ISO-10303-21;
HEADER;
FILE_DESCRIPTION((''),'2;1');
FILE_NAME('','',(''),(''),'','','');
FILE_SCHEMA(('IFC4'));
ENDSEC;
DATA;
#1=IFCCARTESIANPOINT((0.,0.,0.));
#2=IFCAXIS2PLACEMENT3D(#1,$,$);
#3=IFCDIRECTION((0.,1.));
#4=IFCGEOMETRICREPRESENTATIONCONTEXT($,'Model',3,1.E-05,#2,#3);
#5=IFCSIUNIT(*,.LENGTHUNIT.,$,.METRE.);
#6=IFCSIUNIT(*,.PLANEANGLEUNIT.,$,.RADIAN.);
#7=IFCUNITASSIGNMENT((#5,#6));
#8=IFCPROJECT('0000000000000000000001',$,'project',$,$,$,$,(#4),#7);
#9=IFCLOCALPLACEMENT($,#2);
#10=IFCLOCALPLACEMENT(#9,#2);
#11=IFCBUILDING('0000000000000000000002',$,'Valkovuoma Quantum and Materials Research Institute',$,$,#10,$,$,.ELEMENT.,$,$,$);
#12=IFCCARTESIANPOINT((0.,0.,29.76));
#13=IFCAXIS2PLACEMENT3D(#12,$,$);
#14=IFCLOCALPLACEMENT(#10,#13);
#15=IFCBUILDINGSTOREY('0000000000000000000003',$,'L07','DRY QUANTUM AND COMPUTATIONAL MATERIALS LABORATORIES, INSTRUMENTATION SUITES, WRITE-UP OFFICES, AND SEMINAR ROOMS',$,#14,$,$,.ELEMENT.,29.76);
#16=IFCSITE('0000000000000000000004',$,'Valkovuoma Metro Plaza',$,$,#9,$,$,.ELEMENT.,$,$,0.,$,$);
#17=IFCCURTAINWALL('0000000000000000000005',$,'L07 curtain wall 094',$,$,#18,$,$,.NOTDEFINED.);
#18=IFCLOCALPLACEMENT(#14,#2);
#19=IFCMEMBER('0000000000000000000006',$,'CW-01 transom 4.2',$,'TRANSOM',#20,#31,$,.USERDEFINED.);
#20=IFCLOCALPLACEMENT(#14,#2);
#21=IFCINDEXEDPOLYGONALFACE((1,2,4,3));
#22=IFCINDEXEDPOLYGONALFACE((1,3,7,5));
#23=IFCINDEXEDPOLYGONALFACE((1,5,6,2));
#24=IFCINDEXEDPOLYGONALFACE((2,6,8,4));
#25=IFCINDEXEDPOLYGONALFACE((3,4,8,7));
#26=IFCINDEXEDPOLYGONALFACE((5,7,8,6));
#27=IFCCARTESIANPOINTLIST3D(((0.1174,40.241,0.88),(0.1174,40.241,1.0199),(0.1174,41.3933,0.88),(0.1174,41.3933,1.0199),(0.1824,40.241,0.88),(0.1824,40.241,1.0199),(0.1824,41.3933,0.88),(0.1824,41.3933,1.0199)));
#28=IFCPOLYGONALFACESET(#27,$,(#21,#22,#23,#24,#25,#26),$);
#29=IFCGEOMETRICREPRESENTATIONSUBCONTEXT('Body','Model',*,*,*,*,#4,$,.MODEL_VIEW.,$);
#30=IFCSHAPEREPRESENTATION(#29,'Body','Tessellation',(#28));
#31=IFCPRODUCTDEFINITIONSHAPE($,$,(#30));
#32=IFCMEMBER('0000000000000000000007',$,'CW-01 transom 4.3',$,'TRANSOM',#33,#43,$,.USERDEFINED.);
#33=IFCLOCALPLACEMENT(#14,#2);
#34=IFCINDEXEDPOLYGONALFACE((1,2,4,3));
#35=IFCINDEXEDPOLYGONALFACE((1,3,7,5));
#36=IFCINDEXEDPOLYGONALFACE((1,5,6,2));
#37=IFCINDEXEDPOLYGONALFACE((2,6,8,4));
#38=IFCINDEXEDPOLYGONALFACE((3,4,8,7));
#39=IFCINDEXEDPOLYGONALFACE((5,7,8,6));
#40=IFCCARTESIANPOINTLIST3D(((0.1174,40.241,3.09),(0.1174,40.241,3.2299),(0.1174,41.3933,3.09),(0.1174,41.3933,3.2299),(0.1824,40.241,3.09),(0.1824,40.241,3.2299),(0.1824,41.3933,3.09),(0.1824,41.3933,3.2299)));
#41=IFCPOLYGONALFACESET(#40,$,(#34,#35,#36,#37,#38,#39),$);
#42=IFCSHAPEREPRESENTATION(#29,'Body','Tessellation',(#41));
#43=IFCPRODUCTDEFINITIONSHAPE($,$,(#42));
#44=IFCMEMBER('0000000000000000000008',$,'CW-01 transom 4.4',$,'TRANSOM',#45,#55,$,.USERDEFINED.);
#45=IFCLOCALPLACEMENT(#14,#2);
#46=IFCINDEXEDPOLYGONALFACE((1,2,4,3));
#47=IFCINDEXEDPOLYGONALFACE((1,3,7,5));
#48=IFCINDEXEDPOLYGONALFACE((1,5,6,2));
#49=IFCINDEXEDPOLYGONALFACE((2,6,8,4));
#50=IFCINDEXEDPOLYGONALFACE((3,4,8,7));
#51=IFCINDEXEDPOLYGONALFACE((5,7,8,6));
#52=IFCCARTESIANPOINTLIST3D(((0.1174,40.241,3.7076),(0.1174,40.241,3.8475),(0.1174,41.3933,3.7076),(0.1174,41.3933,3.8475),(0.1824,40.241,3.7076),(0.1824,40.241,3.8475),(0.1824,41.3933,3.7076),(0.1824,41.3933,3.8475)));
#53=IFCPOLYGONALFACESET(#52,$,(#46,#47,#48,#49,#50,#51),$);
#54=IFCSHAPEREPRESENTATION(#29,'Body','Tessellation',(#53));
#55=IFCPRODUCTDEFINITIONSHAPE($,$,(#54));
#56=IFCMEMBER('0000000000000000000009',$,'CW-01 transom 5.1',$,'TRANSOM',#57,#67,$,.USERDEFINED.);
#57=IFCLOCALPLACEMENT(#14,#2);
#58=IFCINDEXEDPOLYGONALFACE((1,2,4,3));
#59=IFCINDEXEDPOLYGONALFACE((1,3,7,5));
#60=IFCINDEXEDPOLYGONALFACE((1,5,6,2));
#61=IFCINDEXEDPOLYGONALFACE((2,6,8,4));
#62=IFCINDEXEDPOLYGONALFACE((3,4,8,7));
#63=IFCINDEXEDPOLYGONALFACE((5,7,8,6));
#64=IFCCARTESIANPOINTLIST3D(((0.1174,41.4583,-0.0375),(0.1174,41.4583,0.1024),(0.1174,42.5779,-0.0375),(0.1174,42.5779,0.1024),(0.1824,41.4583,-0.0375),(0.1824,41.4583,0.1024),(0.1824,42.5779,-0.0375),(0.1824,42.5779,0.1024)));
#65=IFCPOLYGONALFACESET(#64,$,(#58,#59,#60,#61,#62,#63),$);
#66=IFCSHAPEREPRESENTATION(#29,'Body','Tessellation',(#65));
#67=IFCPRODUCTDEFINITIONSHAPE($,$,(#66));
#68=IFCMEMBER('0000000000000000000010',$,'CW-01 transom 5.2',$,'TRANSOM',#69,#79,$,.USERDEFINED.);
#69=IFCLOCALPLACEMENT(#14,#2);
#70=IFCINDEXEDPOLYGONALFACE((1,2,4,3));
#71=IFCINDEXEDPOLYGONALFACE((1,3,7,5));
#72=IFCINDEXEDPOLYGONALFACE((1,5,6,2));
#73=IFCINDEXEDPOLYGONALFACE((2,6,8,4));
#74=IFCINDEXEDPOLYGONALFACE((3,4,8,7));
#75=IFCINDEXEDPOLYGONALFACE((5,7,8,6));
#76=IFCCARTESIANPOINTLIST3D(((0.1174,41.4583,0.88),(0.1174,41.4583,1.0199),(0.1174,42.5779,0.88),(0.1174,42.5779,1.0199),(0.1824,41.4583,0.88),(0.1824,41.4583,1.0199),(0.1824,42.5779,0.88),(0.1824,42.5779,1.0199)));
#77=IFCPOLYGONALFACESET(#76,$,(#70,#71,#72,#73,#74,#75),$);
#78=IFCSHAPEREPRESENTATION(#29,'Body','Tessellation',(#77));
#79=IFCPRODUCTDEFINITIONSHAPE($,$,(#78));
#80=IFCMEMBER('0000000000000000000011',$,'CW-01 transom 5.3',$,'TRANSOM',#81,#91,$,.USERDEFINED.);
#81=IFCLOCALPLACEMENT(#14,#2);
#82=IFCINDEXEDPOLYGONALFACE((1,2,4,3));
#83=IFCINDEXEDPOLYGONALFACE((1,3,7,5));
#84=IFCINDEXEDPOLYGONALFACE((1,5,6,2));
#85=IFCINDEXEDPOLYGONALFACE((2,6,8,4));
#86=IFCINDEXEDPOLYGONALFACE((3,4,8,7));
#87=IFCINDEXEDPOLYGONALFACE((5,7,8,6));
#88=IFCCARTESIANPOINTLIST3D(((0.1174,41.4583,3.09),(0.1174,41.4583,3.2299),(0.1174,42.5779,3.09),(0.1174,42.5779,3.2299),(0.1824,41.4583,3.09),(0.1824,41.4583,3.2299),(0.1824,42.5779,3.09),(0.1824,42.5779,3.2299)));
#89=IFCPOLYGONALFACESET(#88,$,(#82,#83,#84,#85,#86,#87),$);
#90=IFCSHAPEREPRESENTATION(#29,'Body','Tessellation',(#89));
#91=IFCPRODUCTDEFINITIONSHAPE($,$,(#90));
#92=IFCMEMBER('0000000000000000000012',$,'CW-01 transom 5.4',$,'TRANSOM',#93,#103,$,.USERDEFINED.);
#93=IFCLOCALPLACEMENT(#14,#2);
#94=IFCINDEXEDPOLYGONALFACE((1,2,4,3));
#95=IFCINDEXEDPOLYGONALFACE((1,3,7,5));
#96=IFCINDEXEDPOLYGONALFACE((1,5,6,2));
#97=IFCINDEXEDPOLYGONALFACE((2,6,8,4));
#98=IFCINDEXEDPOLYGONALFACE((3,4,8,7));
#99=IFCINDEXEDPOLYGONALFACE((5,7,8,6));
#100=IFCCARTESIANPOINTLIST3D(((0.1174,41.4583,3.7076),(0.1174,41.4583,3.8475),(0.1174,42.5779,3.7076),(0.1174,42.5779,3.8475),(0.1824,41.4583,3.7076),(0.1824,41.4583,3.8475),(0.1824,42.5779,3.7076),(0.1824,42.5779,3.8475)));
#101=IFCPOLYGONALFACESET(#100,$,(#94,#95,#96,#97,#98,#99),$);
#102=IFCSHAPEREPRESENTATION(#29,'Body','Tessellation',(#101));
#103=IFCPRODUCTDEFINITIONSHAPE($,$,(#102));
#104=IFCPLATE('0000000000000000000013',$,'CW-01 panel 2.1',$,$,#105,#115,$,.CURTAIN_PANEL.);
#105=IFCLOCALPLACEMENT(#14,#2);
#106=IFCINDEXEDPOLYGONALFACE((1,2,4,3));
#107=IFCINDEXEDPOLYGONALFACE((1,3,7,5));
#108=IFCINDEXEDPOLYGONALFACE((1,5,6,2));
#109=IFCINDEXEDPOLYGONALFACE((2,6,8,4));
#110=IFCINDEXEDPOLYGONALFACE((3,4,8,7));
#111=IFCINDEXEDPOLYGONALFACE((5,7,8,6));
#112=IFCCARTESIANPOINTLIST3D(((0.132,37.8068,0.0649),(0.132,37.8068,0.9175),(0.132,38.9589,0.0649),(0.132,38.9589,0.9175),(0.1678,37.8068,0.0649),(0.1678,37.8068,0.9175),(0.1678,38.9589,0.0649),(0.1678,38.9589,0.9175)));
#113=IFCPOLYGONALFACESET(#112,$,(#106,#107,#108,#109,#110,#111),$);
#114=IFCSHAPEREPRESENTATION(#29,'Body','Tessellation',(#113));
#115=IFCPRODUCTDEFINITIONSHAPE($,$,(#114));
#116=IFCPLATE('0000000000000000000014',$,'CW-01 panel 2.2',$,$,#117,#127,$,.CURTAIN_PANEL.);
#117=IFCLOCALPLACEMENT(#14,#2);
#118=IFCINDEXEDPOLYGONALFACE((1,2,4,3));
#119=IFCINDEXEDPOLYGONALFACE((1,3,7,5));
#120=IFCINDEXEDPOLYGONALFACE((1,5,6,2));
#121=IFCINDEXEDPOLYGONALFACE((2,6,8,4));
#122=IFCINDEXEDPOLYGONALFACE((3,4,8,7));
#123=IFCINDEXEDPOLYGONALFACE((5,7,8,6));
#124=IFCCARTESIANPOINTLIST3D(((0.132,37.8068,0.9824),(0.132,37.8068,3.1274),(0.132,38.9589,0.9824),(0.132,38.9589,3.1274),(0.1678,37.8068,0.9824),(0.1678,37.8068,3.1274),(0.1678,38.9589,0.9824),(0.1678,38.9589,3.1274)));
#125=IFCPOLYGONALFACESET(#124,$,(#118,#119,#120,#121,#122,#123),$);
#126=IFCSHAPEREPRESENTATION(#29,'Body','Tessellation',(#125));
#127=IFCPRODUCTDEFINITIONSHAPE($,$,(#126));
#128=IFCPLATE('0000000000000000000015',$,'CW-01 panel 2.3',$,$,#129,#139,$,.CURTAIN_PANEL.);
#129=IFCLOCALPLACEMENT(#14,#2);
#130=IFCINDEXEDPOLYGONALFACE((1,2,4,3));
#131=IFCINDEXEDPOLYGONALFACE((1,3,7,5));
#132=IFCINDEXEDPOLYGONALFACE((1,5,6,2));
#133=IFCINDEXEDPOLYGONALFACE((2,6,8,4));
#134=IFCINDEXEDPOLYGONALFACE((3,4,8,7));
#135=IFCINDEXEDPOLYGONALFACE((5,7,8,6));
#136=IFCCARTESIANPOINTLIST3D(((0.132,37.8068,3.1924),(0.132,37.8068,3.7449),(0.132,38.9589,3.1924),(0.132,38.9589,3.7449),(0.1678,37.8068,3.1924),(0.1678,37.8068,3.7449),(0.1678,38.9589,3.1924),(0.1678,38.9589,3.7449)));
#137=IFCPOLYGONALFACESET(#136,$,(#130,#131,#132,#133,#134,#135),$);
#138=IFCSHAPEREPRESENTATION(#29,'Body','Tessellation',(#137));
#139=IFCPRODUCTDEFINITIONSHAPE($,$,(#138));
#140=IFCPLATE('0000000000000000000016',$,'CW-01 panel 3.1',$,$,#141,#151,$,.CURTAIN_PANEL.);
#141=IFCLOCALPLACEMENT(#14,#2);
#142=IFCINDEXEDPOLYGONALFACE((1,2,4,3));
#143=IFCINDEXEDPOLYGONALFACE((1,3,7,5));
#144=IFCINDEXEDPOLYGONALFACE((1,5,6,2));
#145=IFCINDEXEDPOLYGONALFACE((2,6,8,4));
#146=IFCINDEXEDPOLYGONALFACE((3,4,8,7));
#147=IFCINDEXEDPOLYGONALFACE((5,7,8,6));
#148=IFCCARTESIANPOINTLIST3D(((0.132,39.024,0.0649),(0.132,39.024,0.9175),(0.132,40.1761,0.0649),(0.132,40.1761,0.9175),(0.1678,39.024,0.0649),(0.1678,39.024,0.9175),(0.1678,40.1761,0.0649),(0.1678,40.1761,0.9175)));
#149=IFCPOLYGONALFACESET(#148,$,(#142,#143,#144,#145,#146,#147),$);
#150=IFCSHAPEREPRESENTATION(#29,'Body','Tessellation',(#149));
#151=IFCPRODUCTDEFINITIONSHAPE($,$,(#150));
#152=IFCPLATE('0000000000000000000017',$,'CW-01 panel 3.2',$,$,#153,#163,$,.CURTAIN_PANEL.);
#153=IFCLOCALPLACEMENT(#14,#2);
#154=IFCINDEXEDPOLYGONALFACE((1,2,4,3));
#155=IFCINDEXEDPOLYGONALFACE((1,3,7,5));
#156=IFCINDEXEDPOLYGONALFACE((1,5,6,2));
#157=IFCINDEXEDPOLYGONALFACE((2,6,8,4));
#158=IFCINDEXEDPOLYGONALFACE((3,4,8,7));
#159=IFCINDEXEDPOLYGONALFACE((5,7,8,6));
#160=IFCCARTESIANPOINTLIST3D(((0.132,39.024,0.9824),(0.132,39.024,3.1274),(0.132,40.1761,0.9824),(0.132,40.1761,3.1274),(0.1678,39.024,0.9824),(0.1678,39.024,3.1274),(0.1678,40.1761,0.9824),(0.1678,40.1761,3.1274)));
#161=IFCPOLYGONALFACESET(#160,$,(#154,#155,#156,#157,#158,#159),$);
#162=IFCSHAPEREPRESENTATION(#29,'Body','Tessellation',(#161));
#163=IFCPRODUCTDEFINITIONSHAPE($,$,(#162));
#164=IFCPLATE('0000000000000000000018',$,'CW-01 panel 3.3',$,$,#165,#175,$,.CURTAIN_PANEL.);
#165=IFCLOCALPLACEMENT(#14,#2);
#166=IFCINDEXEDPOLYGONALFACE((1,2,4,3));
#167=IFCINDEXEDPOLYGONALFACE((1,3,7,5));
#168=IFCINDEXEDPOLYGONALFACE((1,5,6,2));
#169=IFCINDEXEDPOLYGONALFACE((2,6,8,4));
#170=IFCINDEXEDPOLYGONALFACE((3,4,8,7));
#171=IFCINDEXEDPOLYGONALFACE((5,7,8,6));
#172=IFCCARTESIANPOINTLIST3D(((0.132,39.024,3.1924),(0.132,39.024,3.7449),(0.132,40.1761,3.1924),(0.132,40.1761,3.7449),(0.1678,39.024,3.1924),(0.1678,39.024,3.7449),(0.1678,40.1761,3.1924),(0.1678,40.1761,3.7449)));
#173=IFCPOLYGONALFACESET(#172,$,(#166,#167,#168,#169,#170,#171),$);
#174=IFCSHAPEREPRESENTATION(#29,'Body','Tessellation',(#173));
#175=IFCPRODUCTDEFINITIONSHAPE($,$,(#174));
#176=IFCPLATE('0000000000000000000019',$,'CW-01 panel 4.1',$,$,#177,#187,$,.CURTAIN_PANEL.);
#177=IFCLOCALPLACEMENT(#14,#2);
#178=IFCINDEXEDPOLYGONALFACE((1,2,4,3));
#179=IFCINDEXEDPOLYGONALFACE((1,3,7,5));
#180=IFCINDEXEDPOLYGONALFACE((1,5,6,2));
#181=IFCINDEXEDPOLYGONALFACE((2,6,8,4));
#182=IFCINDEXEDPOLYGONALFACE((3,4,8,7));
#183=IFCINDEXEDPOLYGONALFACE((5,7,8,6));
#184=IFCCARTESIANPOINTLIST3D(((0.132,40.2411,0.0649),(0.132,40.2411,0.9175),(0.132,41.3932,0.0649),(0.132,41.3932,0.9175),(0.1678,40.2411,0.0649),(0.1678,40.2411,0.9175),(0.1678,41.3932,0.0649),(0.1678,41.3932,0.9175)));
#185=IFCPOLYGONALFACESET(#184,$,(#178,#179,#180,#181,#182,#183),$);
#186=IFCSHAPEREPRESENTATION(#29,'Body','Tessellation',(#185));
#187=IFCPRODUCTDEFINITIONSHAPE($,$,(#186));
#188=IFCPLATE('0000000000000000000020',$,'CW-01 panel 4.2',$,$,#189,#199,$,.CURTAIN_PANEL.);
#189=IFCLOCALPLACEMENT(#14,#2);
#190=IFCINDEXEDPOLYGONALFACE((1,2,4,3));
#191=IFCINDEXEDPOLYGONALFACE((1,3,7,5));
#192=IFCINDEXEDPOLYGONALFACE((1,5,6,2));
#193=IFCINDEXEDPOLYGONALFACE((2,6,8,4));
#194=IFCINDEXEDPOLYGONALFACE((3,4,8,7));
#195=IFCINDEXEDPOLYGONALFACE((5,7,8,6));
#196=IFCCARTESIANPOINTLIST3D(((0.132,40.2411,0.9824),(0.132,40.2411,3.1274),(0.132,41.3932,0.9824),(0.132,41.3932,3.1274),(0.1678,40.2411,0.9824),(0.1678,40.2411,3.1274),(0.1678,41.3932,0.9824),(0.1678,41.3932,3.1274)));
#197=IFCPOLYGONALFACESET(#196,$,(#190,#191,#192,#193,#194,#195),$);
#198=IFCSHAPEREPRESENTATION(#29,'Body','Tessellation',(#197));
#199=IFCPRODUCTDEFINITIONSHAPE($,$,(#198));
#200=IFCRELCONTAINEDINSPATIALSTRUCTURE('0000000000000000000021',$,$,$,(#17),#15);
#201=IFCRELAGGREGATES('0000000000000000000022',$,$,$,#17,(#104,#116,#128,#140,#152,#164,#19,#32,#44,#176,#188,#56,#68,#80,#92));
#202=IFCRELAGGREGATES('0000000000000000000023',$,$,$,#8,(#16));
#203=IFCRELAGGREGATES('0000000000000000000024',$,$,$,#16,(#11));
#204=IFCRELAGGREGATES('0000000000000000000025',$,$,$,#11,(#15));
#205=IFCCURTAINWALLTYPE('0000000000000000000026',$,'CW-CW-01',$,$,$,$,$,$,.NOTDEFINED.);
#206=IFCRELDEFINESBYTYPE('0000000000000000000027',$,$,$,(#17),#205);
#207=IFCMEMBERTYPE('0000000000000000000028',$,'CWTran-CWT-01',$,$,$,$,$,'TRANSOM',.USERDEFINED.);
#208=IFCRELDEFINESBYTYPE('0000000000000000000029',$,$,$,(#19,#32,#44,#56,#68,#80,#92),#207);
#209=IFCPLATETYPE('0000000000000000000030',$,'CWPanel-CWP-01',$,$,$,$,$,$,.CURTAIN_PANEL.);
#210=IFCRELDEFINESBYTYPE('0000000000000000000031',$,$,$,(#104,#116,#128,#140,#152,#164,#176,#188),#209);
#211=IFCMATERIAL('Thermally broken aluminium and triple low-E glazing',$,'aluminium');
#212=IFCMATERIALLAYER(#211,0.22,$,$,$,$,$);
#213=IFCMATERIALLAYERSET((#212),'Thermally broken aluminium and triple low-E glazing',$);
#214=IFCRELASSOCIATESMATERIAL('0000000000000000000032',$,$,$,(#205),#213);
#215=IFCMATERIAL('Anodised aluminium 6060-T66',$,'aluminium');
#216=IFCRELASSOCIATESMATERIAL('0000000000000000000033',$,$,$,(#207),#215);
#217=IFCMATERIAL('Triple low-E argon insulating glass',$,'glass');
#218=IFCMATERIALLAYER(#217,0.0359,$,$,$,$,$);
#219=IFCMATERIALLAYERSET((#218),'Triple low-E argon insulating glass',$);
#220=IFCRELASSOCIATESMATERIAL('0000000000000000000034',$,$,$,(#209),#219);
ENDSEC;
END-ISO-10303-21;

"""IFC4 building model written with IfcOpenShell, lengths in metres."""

from ifc_helpers import new_model, si_unit, direction, frame, origin, origin_2d, place, context, subcontext, project, spatial, rectangle, extrude, material, layer, layer_set, material_profile, profile_set, type_object, element, aggregate, save


model = new_model("IFC4")

# Units and contexts
model_context = context("Model", 3, precision=1e-05, world=origin(), true_north=direction((0.0, 1.0)))
body_context = subcontext(model_context, "Body", "Model", "MODEL_VIEW")
ifc_project = project(units=[si_unit("LENGTHUNIT", "METRE"), si_unit("PLANEANGLEUNIT", "RADIAN")], contexts=[model_context])

# Site, building, storey
site_placement = place(None, origin())
site = spatial("IfcSite", under=ifc_project, at=site_placement, Name="Valkovuoma Metro Plaza", CompositionType="ELEMENT", RefElevation=0.0)
building_placement = place(site_placement, origin())
building = spatial("IfcBuilding", under=site, at=building_placement, Name="Valkovuoma Quantum and Materials Research Institute", CompositionType="ELEMENT")
storey_placement = place(building_placement, frame((0.0, 0.0, 29.76)))
storey = spatial("IfcBuildingStorey", under=building, at=storey_placement, Name="L07", Description="DRY QUANTUM AND COMPUTATIONAL MATERIALS LABORATORIES, INSTRUMENTATION SUITES, WRITE-UP OFFICES, AND SEMINAR ROOMS", CompositionType="ELEMENT", Elevation=29.76)

# Curtain wall, members, plates
ifc_material_1 = material(Name="Thermally broken aluminium and triple low-E glazing", Category="aluminium")
ifc_layer_1 = layer(ifc_material_1, 0.22)
ifc_layer_set_1 = layer_set([ifc_layer_1], Name="Thermally broken aluminium and triple low-E glazing")
curtain_wall_type = type_object("IfcCurtainWallType", Name="CW-CW-01", PredefinedType="NOTDEFINED", material=ifc_layer_set_1)
curtain_wall_placement = place(storey_placement, origin())
curtain_wall = element("IfcCurtainWall", 1, at=curtain_wall_placement, inside=storey, type_object=curtain_wall_type, Name="L07 curtain wall 094", PredefinedType="NOTDEFINED")
ifc_material_2 = material(Name="Anodised aluminium 6060-T66", Category="aluminium")
ifc_material_profile_1 = material_profile(ifc_material_2, rectangle(XDim=0.0649, YDim=0.1399, at=origin_2d()), Name="Anodised aluminium 6060-T66")
ifc_profile_set_1 = profile_set([ifc_material_profile_1], Name="Anodised aluminium 6060-T66")
member_type_1 = type_object("IfcMemberType", Name="CWTran-CWT-01", ElementType="TRANSOM", PredefinedType="USERDEFINED", material=ifc_profile_set_1)
member_1_placement = place(storey_placement, frame((0.1499, 40.241, 0.95), z_axis=(0.0, 1.0, 0.0), x_axis=(-1.0, 0.0, 0.0)))
member_1 = element("IfcMember", 2, at=member_1_placement, type_object=member_type_1, Name="CW-01 transom 4.2", ObjectType="TRANSOM", PredefinedType="USERDEFINED", context=body_context, shape_type="SweptSolid", body=[
    extrude(rectangle(XDim=0.0649, YDim=0.1399, at=origin_2d()), origin(), (0.0, 0.0, 1.0), 1.1523),
])
member_2_placement = place(storey_placement, frame((0.1499, 40.241, 3.1599), z_axis=(0.0, 1.0, 0.0), x_axis=(-1.0, 0.0, 0.0)))
member_2 = element("IfcMember", 3, at=member_2_placement, type_object=member_type_1, Name="CW-01 transom 4.3", ObjectType="TRANSOM", PredefinedType="USERDEFINED", context=body_context, shape_type="SweptSolid", body=[
    extrude(rectangle(XDim=0.0649, YDim=0.1399, at=origin_2d()), origin(), (0.0, 0.0, 1.0), 1.1523),
])
member_3_placement = place(storey_placement, frame((0.1499, 40.241, 3.7776), z_axis=(0.0, 1.0, 0.0), x_axis=(-1.0, 0.0, 0.0)))
member_3 = element("IfcMember", 4, at=member_3_placement, type_object=member_type_1, Name="CW-01 transom 4.4", ObjectType="TRANSOM", PredefinedType="USERDEFINED", context=body_context, shape_type="SweptSolid", body=[
    extrude(rectangle(XDim=0.0649, YDim=0.1399, at=origin_2d()), origin(), (0.0, 0.0, 1.0), 1.1523),
])
member_4_placement = place(storey_placement, frame((0.1499, 41.4583, 0.0325), z_axis=(0.0, 1.0, 0.0), x_axis=(-1.0, 0.0, 0.0)))
member_4 = element("IfcMember", 5, at=member_4_placement, type_object=member_type_1, Name="CW-01 transom 5.1", ObjectType="TRANSOM", PredefinedType="USERDEFINED", context=body_context, shape_type="SweptSolid", body=[
    extrude(rectangle(XDim=0.0649, YDim=0.1399, at=origin_2d()), origin(), (0.0, 0.0, 1.0), 1.1196),
])
member_5_placement = place(storey_placement, frame((0.1499, 41.4583, 0.95), z_axis=(0.0, 1.0, 0.0), x_axis=(-1.0, 0.0, 0.0)))
member_5 = element("IfcMember", 6, at=member_5_placement, type_object=member_type_1, Name="CW-01 transom 5.2", ObjectType="TRANSOM", PredefinedType="USERDEFINED", context=body_context, shape_type="SweptSolid", body=[
    extrude(rectangle(XDim=0.0649, YDim=0.1399, at=origin_2d()), origin(), (0.0, 0.0, 1.0), 1.1196),
])
member_6_placement = place(storey_placement, frame((0.1499, 41.4583, 3.1599), z_axis=(0.0, 1.0, 0.0), x_axis=(-1.0, 0.0, 0.0)))
member_6 = element("IfcMember", 7, at=member_6_placement, type_object=member_type_1, Name="CW-01 transom 5.3", ObjectType="TRANSOM", PredefinedType="USERDEFINED", context=body_context, shape_type="SweptSolid", body=[
    extrude(rectangle(XDim=0.0649, YDim=0.1399, at=origin_2d()), origin(), (0.0, 0.0, 1.0), 1.1196),
])
member_7_placement = place(storey_placement, frame((0.1499, 41.4583, 3.7776), z_axis=(0.0, 1.0, 0.0), x_axis=(-1.0, 0.0, 0.0)))
member_7 = element("IfcMember", 8, at=member_7_placement, type_object=member_type_1, Name="CW-01 transom 5.4", ObjectType="TRANSOM", PredefinedType="USERDEFINED", context=body_context, shape_type="SweptSolid", body=[
    extrude(rectangle(XDim=0.0649, YDim=0.1399, at=origin_2d()), origin(), (0.0, 0.0, 1.0), 1.1196),
])
ifc_material_3 = material(Name="Triple low-E argon insulating glass", Category="glass")
ifc_layer_2 = layer(ifc_material_3, 0.0359)
ifc_layer_set_2 = layer_set([ifc_layer_2], Name="Triple low-E argon insulating glass")
plate_type = type_object("IfcPlateType", Name="CWPanel-CWP-01", PredefinedType="CURTAIN_PANEL", material=ifc_layer_set_2)
plate_1_placement = place(storey_placement, frame((0.1499, 38.3828, 0.0649), z_axis=(0.0, 0.0, 1.0), x_axis=(0.0, 1.0, 0.0)))
plate_1 = element("IfcPlate", 9, at=plate_1_placement, type_object=plate_type, Name="CW-01 panel 2.1", PredefinedType="CURTAIN_PANEL", context=body_context, shape_type="SweptSolid", body=[
    extrude(rectangle(XDim=1.1521, YDim=0.0359, at=origin_2d()), origin(), (0.0, 0.0, 1.0), 0.8525),
])
plate_2_placement = place(storey_placement, frame((0.1499, 38.3828, 0.9824), z_axis=(0.0, 0.0, 1.0), x_axis=(0.0, 1.0, 0.0)))
plate_2 = element("IfcPlate", 10, at=plate_2_placement, type_object=plate_type, Name="CW-01 panel 2.2", PredefinedType="CURTAIN_PANEL", context=body_context, shape_type="SweptSolid", body=[
    extrude(rectangle(XDim=1.1521, YDim=0.0359, at=origin_2d()), origin(), (0.0, 0.0, 1.0), 2.145),
])
plate_3_placement = place(storey_placement, frame((0.1499, 38.3828, 3.1924), z_axis=(0.0, 0.0, 1.0), x_axis=(0.0, 1.0, 0.0)))
plate_3 = element("IfcPlate", 11, at=plate_3_placement, type_object=plate_type, Name="CW-01 panel 2.3", PredefinedType="CURTAIN_PANEL", context=body_context, shape_type="SweptSolid", body=[
    extrude(rectangle(XDim=1.1521, YDim=0.0359, at=origin_2d()), origin(), (0.0, 0.0, 1.0), 0.5525),
])
plate_4_placement = place(storey_placement, frame((0.1499, 39.6001, 0.0649), z_axis=(0.0, 0.0, 1.0), x_axis=(0.0, 1.0, 0.0)))
plate_4 = element("IfcPlate", 12, at=plate_4_placement, type_object=plate_type, Name="CW-01 panel 3.1", PredefinedType="CURTAIN_PANEL", context=body_context, shape_type="SweptSolid", body=[
    extrude(rectangle(XDim=1.1521, YDim=0.0359, at=origin_2d()), origin(), (0.0, 0.0, 1.0), 0.8525),
])
plate_5_placement = place(storey_placement, frame((0.1499, 39.6001, 0.9824), z_axis=(0.0, 0.0, 1.0), x_axis=(0.0, 1.0, 0.0)))
plate_5 = element("IfcPlate", 13, at=plate_5_placement, type_object=plate_type, Name="CW-01 panel 3.2", PredefinedType="CURTAIN_PANEL", context=body_context, shape_type="SweptSolid", body=[
    extrude(rectangle(XDim=1.1521, YDim=0.0359, at=origin_2d()), origin(), (0.0, 0.0, 1.0), 2.145),
])
plate_6_placement = place(storey_placement, frame((0.1499, 39.6001, 3.1924), z_axis=(0.0, 0.0, 1.0), x_axis=(0.0, 1.0, 0.0)))
plate_6 = element("IfcPlate", 14, at=plate_6_placement, type_object=plate_type, Name="CW-01 panel 3.3", PredefinedType="CURTAIN_PANEL", context=body_context, shape_type="SweptSolid", body=[
    extrude(rectangle(XDim=1.1521, YDim=0.0359, at=origin_2d()), origin(), (0.0, 0.0, 1.0), 0.5525),
])
plate_7_placement = place(storey_placement, frame((0.1499, 40.8171, 0.0649), z_axis=(0.0, 0.0, 1.0), x_axis=(0.0, 1.0, 0.0)))
plate_7 = element("IfcPlate", 15, at=plate_7_placement, type_object=plate_type, Name="CW-01 panel 4.1", PredefinedType="CURTAIN_PANEL", context=body_context, shape_type="SweptSolid", body=[
    extrude(rectangle(XDim=1.1521, YDim=0.0359, at=origin_2d()), origin(), (0.0, 0.0, 1.0), 0.8525),
])
plate_8_placement = place(storey_placement, frame((0.1499, 40.8171, 0.9824), z_axis=(0.0, 0.0, 1.0), x_axis=(0.0, 1.0, 0.0)))
plate_8 = element("IfcPlate", 16, at=plate_8_placement, type_object=plate_type, Name="CW-01 panel 4.2", PredefinedType="CURTAIN_PANEL", context=body_context, shape_type="SweptSolid", body=[
    extrude(rectangle(XDim=1.1521, YDim=0.0359, at=origin_2d()), origin(), (0.0, 0.0, 1.0), 2.145),
])
aggregate(curtain_wall, [plate_1, plate_2, plate_3, plate_4, plate_5, plate_6, member_1, member_2, member_3, plate_7, plate_8, member_4, member_5, member_6, member_7])

save(model, "model.ifc")
